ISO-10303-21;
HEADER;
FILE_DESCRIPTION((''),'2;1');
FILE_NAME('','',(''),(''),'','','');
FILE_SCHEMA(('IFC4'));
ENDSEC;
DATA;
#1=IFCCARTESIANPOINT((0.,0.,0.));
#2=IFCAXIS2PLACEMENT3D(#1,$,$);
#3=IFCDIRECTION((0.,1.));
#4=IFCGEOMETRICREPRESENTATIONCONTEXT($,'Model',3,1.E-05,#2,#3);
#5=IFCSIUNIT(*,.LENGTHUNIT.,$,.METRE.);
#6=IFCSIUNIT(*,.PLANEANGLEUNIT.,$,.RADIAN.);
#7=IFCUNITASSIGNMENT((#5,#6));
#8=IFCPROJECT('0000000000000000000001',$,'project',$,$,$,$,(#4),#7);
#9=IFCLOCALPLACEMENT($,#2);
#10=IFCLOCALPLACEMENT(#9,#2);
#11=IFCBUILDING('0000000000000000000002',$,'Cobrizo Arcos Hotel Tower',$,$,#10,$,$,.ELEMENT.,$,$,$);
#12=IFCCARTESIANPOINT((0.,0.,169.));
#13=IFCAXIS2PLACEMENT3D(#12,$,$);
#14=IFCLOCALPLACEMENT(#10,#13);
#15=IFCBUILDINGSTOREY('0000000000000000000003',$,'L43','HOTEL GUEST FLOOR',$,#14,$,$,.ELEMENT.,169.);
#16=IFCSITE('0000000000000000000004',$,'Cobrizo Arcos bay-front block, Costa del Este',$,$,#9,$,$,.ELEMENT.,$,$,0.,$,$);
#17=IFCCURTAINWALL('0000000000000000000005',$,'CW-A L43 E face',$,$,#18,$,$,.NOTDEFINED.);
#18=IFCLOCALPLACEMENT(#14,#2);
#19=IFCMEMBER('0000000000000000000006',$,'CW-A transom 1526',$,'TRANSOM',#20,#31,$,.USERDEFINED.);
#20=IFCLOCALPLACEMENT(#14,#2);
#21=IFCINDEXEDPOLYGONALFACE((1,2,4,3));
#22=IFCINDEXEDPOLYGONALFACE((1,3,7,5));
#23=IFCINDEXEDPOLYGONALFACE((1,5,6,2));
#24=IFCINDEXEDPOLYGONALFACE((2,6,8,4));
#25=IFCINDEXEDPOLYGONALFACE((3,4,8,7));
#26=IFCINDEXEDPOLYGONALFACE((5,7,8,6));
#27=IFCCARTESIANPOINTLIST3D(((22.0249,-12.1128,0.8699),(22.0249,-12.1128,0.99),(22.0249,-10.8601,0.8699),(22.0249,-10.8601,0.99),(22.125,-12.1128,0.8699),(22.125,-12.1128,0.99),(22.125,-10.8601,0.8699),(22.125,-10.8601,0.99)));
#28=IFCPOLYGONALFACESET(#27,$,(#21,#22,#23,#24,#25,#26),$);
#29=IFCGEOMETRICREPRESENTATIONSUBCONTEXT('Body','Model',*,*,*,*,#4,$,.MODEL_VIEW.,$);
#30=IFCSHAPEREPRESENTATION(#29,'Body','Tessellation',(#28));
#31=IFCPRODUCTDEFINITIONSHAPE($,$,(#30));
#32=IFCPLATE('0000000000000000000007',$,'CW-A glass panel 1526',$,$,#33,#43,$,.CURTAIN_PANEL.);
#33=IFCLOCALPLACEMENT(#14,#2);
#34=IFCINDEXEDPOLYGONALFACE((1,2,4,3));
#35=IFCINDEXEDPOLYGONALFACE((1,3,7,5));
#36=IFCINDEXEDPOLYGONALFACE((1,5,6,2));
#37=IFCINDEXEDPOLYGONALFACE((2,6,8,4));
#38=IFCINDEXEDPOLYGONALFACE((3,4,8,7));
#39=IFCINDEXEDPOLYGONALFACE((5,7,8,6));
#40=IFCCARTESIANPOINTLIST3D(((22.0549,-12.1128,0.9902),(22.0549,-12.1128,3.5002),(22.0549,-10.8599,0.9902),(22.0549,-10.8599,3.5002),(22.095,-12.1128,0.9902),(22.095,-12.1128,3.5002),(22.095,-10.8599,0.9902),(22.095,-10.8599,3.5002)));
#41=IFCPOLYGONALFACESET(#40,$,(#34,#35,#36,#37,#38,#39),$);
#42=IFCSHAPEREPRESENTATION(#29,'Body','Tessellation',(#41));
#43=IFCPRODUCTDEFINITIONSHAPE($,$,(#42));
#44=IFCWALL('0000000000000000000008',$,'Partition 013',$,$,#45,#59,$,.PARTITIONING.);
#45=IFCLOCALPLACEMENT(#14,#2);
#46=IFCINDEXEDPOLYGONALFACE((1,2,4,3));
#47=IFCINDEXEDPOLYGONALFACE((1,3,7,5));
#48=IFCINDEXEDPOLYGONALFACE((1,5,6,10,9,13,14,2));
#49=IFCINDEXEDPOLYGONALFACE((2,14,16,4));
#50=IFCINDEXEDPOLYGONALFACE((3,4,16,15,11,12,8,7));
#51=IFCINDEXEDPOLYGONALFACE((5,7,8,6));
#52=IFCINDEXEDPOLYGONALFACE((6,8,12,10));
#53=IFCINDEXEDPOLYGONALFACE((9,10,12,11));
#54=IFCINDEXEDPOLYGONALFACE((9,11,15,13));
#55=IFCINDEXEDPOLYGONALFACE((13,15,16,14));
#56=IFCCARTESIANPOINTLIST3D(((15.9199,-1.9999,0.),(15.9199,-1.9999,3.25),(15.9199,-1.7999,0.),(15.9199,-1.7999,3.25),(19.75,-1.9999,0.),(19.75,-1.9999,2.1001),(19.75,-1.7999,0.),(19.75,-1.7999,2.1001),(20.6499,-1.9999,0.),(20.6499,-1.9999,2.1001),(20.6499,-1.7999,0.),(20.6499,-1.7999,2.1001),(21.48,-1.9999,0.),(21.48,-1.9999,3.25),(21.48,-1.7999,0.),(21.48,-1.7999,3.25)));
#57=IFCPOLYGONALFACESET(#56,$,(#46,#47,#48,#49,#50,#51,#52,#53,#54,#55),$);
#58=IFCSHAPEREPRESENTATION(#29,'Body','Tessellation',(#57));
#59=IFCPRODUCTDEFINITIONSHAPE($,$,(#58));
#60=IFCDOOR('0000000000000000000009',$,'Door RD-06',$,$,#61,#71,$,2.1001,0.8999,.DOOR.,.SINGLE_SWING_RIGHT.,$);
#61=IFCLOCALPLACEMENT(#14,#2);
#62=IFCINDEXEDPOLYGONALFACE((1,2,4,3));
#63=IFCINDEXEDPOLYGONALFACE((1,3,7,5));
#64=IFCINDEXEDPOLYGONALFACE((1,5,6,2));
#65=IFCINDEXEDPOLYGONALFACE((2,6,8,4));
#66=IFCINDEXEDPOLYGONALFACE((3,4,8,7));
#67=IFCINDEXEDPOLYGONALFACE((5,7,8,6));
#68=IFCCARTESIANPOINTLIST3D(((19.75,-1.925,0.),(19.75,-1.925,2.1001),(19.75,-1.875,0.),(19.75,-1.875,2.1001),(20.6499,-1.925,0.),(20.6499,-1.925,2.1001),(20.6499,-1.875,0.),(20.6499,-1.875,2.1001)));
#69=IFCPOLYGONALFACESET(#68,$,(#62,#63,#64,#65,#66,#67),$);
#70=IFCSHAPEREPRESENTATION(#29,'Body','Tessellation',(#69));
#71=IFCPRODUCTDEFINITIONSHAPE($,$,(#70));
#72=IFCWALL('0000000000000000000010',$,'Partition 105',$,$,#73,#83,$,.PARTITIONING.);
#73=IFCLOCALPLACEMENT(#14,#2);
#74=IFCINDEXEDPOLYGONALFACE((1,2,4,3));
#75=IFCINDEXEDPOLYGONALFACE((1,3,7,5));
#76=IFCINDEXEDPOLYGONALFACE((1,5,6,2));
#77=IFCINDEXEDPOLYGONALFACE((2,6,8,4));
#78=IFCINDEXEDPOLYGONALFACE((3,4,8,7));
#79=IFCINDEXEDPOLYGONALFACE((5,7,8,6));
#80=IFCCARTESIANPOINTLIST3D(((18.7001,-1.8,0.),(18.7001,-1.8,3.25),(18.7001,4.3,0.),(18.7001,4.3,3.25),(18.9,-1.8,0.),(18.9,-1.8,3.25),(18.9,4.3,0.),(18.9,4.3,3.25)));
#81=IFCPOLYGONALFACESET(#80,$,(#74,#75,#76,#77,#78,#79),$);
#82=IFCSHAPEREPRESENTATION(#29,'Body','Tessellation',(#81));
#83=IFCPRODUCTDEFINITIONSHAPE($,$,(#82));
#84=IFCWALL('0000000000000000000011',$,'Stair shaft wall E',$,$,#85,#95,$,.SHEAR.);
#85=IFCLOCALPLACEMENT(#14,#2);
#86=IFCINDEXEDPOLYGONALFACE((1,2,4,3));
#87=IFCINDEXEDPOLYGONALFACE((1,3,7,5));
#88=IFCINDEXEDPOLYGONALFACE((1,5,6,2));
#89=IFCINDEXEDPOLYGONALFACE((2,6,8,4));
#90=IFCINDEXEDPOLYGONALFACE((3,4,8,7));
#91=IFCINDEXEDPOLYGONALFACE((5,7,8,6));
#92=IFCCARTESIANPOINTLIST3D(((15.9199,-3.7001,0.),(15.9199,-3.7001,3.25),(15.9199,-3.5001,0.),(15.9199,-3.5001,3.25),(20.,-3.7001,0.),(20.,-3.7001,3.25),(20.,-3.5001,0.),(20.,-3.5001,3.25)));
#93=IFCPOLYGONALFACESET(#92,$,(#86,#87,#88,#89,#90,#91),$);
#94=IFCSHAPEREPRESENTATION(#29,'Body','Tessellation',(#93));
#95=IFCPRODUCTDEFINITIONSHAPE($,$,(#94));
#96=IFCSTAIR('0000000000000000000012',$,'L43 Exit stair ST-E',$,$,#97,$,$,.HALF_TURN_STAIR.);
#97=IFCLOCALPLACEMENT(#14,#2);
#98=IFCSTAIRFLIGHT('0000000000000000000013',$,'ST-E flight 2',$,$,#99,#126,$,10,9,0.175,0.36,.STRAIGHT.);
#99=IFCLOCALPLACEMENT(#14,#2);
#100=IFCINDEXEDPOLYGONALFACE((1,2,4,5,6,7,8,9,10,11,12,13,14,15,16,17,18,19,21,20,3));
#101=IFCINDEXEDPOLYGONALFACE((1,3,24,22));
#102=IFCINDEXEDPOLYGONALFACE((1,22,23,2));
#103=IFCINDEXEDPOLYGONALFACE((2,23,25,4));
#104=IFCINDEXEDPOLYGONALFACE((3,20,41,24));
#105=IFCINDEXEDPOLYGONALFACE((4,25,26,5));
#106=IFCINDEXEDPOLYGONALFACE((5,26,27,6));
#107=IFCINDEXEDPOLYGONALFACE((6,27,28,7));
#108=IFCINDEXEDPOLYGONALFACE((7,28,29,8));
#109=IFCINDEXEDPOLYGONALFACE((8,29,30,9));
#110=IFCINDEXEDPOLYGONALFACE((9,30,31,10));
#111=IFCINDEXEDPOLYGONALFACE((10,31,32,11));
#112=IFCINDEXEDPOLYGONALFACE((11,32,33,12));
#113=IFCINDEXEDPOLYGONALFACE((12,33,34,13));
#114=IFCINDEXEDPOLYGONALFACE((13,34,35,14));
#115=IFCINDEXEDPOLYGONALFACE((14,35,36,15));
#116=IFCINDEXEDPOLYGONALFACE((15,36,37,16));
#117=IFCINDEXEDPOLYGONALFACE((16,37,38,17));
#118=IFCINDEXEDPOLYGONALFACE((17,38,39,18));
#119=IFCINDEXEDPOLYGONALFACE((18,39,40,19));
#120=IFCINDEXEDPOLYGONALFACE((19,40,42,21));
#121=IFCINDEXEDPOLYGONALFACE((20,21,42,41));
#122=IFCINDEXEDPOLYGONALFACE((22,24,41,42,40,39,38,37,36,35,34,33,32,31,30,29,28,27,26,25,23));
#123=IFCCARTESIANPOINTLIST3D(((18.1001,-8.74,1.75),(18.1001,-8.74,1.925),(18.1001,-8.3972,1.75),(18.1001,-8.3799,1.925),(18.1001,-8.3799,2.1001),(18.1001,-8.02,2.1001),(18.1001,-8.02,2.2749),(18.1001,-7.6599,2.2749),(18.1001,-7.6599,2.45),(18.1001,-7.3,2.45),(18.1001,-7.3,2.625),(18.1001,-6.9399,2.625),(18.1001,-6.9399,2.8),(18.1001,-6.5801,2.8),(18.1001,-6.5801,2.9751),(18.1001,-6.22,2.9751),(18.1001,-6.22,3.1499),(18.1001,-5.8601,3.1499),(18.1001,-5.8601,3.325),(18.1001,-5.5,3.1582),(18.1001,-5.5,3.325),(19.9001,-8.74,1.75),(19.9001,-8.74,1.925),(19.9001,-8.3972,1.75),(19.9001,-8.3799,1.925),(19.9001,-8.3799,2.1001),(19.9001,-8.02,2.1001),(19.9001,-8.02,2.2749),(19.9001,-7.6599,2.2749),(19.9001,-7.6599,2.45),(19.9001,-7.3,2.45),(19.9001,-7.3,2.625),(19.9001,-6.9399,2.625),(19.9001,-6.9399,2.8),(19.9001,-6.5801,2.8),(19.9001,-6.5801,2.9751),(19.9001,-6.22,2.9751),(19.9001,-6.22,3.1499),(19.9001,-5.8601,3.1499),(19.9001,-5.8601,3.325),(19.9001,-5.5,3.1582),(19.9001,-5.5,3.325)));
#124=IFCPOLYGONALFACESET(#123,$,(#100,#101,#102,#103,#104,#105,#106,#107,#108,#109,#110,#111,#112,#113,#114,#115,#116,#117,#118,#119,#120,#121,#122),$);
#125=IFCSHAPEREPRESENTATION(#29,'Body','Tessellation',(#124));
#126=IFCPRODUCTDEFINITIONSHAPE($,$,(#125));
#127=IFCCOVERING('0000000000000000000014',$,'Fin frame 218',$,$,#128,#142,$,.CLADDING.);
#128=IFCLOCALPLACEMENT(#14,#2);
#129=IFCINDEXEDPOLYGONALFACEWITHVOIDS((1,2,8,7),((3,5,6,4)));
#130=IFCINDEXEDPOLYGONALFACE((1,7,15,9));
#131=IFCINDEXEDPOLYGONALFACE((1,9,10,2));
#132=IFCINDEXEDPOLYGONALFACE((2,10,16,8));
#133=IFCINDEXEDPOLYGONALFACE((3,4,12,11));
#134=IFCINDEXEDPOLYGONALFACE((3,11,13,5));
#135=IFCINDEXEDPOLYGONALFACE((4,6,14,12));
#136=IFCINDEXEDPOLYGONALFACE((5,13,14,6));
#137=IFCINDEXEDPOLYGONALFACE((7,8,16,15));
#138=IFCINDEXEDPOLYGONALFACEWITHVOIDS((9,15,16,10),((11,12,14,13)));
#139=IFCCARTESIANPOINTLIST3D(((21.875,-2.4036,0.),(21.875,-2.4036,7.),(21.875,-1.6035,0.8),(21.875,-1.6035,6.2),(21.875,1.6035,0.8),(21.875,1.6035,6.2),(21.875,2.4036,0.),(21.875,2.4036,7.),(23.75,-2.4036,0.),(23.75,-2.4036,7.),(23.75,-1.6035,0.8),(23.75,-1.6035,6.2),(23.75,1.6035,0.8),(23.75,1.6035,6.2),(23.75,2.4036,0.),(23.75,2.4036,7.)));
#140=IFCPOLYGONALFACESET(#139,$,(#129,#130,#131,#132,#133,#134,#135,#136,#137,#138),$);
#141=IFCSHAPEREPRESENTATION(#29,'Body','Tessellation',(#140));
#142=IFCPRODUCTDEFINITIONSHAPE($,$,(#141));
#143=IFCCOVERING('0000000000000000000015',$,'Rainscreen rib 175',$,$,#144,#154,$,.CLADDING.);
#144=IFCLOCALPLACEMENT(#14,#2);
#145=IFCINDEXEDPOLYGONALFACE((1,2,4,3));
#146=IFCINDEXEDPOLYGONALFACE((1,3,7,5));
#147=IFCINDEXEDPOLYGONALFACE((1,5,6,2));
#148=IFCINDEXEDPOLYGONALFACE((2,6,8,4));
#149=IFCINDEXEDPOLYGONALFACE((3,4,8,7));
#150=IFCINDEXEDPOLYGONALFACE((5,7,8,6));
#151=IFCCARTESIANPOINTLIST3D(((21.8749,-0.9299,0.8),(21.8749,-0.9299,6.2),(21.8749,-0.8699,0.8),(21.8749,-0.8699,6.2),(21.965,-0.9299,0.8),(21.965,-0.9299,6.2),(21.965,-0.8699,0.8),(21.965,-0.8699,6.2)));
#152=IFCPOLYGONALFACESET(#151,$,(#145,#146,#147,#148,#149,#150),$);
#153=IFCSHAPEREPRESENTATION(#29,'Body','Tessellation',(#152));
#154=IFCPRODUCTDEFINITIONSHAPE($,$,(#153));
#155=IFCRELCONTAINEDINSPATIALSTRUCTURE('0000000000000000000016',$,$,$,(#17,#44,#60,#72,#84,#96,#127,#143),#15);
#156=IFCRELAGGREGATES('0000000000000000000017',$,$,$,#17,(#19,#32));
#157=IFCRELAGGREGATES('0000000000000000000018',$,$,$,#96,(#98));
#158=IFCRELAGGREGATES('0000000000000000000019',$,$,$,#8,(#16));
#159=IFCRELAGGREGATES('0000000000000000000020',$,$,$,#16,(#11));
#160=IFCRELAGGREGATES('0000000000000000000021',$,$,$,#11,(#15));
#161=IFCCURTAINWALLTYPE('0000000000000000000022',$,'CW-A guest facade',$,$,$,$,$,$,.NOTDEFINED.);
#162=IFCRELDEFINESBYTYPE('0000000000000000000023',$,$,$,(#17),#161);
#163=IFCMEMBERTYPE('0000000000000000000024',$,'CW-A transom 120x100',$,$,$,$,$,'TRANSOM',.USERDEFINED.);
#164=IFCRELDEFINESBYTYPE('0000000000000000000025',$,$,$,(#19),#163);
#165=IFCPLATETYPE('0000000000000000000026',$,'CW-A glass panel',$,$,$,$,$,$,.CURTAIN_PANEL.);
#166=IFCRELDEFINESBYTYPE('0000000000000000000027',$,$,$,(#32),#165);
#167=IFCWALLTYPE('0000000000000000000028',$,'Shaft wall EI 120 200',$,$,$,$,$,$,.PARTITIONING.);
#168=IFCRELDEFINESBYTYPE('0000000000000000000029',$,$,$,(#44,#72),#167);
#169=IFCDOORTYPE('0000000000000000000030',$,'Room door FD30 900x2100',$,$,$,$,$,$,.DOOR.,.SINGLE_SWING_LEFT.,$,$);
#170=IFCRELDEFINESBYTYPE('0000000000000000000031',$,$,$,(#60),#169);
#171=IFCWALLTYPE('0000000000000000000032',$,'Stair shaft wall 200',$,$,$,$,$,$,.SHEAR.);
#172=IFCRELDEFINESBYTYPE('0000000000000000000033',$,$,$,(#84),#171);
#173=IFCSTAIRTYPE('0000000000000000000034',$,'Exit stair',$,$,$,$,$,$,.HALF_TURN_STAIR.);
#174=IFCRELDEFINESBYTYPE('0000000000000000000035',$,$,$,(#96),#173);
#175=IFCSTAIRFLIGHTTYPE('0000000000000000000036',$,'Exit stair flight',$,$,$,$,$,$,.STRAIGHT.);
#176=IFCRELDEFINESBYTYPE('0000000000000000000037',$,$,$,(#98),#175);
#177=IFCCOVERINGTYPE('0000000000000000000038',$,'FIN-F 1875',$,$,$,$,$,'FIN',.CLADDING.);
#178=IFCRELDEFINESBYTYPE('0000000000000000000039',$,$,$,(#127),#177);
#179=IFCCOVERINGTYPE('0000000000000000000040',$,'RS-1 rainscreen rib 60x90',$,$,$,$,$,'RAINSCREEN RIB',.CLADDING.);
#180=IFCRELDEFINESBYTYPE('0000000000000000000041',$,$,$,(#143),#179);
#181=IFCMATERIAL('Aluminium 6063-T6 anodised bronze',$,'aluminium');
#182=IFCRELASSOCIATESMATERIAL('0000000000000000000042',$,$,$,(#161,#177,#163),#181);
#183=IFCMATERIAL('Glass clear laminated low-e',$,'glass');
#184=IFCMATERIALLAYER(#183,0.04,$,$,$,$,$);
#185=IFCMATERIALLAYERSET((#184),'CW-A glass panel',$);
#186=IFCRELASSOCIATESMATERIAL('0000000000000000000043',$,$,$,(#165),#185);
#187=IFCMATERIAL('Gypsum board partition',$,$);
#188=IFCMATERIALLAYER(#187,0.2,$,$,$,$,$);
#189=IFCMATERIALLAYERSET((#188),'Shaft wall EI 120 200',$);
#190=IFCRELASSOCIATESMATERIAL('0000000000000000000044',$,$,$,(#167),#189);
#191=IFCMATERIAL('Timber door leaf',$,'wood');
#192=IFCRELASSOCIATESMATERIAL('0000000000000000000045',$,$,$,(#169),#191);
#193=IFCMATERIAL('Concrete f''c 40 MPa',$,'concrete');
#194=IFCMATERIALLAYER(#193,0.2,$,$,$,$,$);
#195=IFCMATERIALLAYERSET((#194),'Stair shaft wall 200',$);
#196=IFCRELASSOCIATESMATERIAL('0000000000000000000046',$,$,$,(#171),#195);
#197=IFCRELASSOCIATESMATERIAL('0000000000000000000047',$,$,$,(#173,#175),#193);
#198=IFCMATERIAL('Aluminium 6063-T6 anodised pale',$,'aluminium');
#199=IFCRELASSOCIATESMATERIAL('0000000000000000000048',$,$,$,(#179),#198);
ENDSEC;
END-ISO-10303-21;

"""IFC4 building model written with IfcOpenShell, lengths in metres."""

from ifc_helpers import new_model, si_unit, direction, frame, frame_2d, origin, origin_2d, place, context, subcontext, project, spatial, polyline, rectangle, outline, extrude, material, layer, layer_set, material_profile, profile_set, type_object, element, fill, aggregate, save


model = new_model("IFC4")

# Units and contexts
model_context = context("Model", 3, precision=1e-05, world=origin(), true_north=direction((0.0, 1.0)))
body_context = subcontext(model_context, "Body", "Model", "MODEL_VIEW")
ifc_project = project(units=[si_unit("LENGTHUNIT", "METRE"), si_unit("PLANEANGLEUNIT", "RADIAN")], contexts=[model_context])

# Site, building, storey
site_placement = place(None, origin())
site = spatial("IfcSite", under=ifc_project, at=site_placement, Name="Cobrizo Arcos bay-front block, Costa del Este", CompositionType="ELEMENT", RefElevation=0.0)
building_placement = place(site_placement, origin())
building = spatial("IfcBuilding", under=site, at=building_placement, Name="Cobrizo Arcos Hotel Tower", CompositionType="ELEMENT")
storey_placement = place(building_placement, frame((0.0, 0.0, 169.0)))
storey = spatial("IfcBuildingStorey", under=building, at=storey_placement, Name="L43", Description="HOTEL GUEST FLOOR", CompositionType="ELEMENT", Elevation=169.0)

# Curtain wall, member, plate
ifc_material_1 = material(Name="Aluminium 6063-T6 anodised bronze", Category="aluminium")
curtain_wall_type = type_object("IfcCurtainWallType", Name="CW-A guest facade", PredefinedType="NOTDEFINED", material=ifc_material_1)
curtain_wall_placement = place(storey_placement, origin())
curtain_wall = element("IfcCurtainWall", 1, at=curtain_wall_placement, inside=storey, type_object=curtain_wall_type, Name="CW-A L43 E face", PredefinedType="NOTDEFINED")
ifc_material_profile = material_profile(ifc_material_1, rectangle(XDim=0.1001, YDim=0.1201, at=origin_2d()), Name="CW-A transom 120x100")
ifc_profile_set = profile_set([ifc_material_profile], Name="Aluminium 6063-T6 anodised bronze")
member_type = type_object("IfcMemberType", Name="CW-A transom 120x100", ElementType="TRANSOM", PredefinedType="USERDEFINED", material=ifc_profile_set)
member_placement = place(storey_placement, frame((22.075, -12.1128, 0.9299), z_axis=(0.0, 1.0, 0.0), x_axis=(-1.0, 0.0, 0.0)))
member = element("IfcMember", 2, at=member_placement, type_object=member_type, Name="CW-A transom 1526", ObjectType="TRANSOM", PredefinedType="USERDEFINED", context=body_context, shape_type="SweptSolid", body=[
    extrude(rectangle(XDim=0.1001, YDim=0.1201, at=origin_2d()), origin(), (0.0, 0.0, 1.0), 1.2527),
])
ifc_material_2 = material(Name="Glass clear laminated low-e", Category="glass")
ifc_layer_1 = layer(ifc_material_2, 0.04)
ifc_layer_set_1 = layer_set([ifc_layer_1], Name="CW-A glass panel")
plate_type = type_object("IfcPlateType", Name="CW-A glass panel", PredefinedType="CURTAIN_PANEL", material=ifc_layer_set_1)
plate_placement = place(storey_placement, frame((22.075, -11.4863, 0.9902), z_axis=(0.0, 0.0, 1.0), x_axis=(0.0, 1.0, 0.0)))
plate = element("IfcPlate", 3, at=plate_placement, type_object=plate_type, Name="CW-A glass panel 1526", PredefinedType="CURTAIN_PANEL", context=body_context, shape_type="SweptSolid", body=[
    extrude(rectangle(XDim=1.2529, YDim=0.04, at=origin_2d()), origin(), (0.0, 0.0, 1.0), 2.51),
])
aggregate(curtain_wall, [member, plate])

# Wall, opening, door
ifc_material_3 = material(Name="Gypsum board partition")
ifc_layer_2 = layer(ifc_material_3, 0.2)
ifc_layer_set_2 = layer_set([ifc_layer_2], Name="Shaft wall EI 120 200")
wall_type_1 = type_object("IfcWallType", Name="Shaft wall EI 120 200", PredefinedType="PARTITIONING", material=ifc_layer_set_2)
wall_1_placement = place(storey_placement, frame((15.9199, -1.8999, 0.0), z_axis=(0.0, 0.0, 1.0), x_axis=(1.0, 0.0, 0.0)))
wall_1 = element("IfcWall", 4, at=wall_1_placement, inside=storey, type_object=wall_type_1, Name="Partition 013", PredefinedType="PARTITIONING", context=body_context, shape_type="SweptSolid", body=[
    extrude(rectangle(XDim=5.5601, YDim=0.2, at=frame_2d((2.78, 0.0))), origin(), (0.0, 0.0, 1.0), 3.25),
])
opening_placement = place(wall_1_placement, frame((3.8301, 0.0, 0.0)))
opening = element("IfcOpeningElement", 5, at=opening_placement, cuts=wall_1, PredefinedType="OPENING", context=body_context, shape_type="SweptSolid", body=[
    extrude(rectangle(XDim=0.8999, YDim=2.1001, at=frame_2d((0.45, 1.05))), frame((0.0, 0.1121, 0.0), z_axis=(0.0, -1.0, 0.0), x_axis=(1.0, 0.0, 0.0)), (0.0, 0.0, 1.0), 0.2239),
])
ifc_material_4 = material(Name="Timber door leaf", Category="wood")
door_type = type_object("IfcDoorType", Name="Room door FD30 900x2100", OperationType="SINGLE_SWING_LEFT", PredefinedType="DOOR", material=ifc_material_4)
door_placement = place(opening_placement, origin())
door = element("IfcDoor", 6, at=door_placement, inside=storey, type_object=door_type, Name="Door RD-06", OperationType="SINGLE_SWING_RIGHT", OverallHeight=2.1001, OverallWidth=0.8999, PredefinedType="DOOR", context=body_context, shape_type="SweptSolid", body=[
    extrude(rectangle(XDim=0.8999, YDim=2.1001, at=frame_2d((0.45, 1.05))), frame((0.0, 0.0249, 0.0), z_axis=(0.0, -1.0, 0.0), x_axis=(1.0, 0.0, 0.0)), (0.0, 0.0, 1.0), 0.05),
])
fill(opening, door)

# Walls
wall_2_placement = place(storey_placement, frame((18.8, -1.8, 0.0), z_axis=(0.0, 0.0, 1.0), x_axis=(0.0, 1.0, 0.0)))
element("IfcWall", 7, at=wall_2_placement, inside=storey, type_object=wall_type_1, Name="Partition 105", PredefinedType="PARTITIONING", context=body_context, shape_type="SweptSolid", body=[
    extrude(rectangle(XDim=6.1001, YDim=0.2, at=frame_2d((3.05, 0.0))), origin(), (0.0, 0.0, 1.0), 3.25),
])
ifc_material_5 = material(Name="Concrete f'c 40 MPa", Category="concrete")
ifc_layer_3 = layer(ifc_material_5, 0.2)
ifc_layer_set_3 = layer_set([ifc_layer_3], Name="Stair shaft wall 200")
wall_type_2 = type_object("IfcWallType", Name="Stair shaft wall 200", PredefinedType="SHEAR", material=ifc_layer_set_3)
wall_3_placement = place(storey_placement, frame((15.9199, -3.6001, 0.0), z_axis=(0.0, 0.0, 1.0), x_axis=(1.0, 0.0, 0.0)))
element("IfcWall", 8, at=wall_3_placement, inside=storey, type_object=wall_type_2, Name="Stair shaft wall E", PredefinedType="SHEAR", context=body_context, shape_type="SweptSolid", body=[
    extrude(rectangle(XDim=4.0801, YDim=0.2, at=frame_2d((2.04, 0.0))), origin(), (0.0, 0.0, 1.0), 3.25),
])

# Stair, stair flight
stair_type = type_object("IfcStairType", Name="Exit stair", PredefinedType="HALF_TURN_STAIR", material=ifc_material_5)
stair_placement = place(storey_placement, origin())
stair = element("IfcStair", 9, at=stair_placement, inside=storey, type_object=stair_type, Name="L43 Exit stair ST-E", PredefinedType="HALF_TURN_STAIR")
stair_flight_type = type_object("IfcStairFlightType", Name="Exit stair flight", PredefinedType="STRAIGHT", material=ifc_material_5)
stair_flight_placement = place(storey_placement, frame((19.0, -8.74, 1.75), z_axis=(0.0, 0.0, 1.0), x_axis=(0.0, 1.0, 0.0)))
stair_flight = element("IfcStairFlight", 10, at=stair_flight_placement, type_object=stair_flight_type, Name="ST-E flight 2", NumberOfRisers=10, NumberOfTreads=9, PredefinedType="STRAIGHT", RiserHeight=0.175, TreadLength=0.36, context=body_context, shape_type="SweptSolid", body=[
    extrude(outline(polyline([(0.0, 0.0), (0.0, 0.175), (0.3601, 0.175), (0.3601, 0.3501), (0.72, 0.3501), (0.72, 0.5249), (1.0801, 0.5249), (1.0801, 0.7), (1.4399, 0.7), (1.4399, 0.875), (1.8, 0.875), (1.8, 1.05), (2.1599, 1.05), (2.1599, 1.2251), (2.52, 1.2251), (2.52, 1.3999), (2.8799, 1.3999), (2.8799, 1.575), (3.24, 1.575), (3.24, 1.75), (3.24, 1.4082), (0.3428, 0.0), (0.0, 0.0)])), frame((0.0, 0.8999, 0.0), z_axis=(0.0, -1.0, 0.0), x_axis=(1.0, 0.0, 0.0)), (0.0, 0.0, 1.0), 1.8),
])
aggregate(stair, [stair_flight])

# Coverings
covering_type_1 = type_object("IfcCoveringType", Name="FIN-F 1875", ElementType="FIN", PredefinedType="CLADDING", material=ifc_material_1)
covering_1_placement = place(storey_placement, frame((21.875, -2.4036, 0.0), z_axis=(1.0, 0.0, 0.0), x_axis=(0.0, 1.0, 0.0)))
element("IfcCovering", 11, at=covering_1_placement, inside=storey, type_object=covering_type_1, Name="Fin frame 218", PredefinedType="CLADDING", context=body_context, shape_type="SweptSolid", body=[
    extrude(outline(polyline([(0.0, 7.0), (0.0, 0.0), (4.8071, 0.0), (4.8071, 7.0), (0.0, 7.0)]), holes=[polyline([(4.0071, 0.8), (0.8, 0.8), (0.8, 6.2), (4.0071, 6.2), (4.0071, 0.8)])]), origin(), (0.0, 0.0, 1.0), 1.875),
])
ifc_material_6 = material(Name="Aluminium 6063-T6 anodised pale", Category="aluminium")
covering_type_2 = type_object("IfcCoveringType", Name="RS-1 rainscreen rib 60x90", ElementType="RAINSCREEN RIB", PredefinedType="CLADDING", material=ifc_material_6)
covering_2_placement = place(storey_placement, frame((21.9199, -0.8999, 0.8), z_axis=(0.0, 0.0, 1.0), x_axis=(0.0, 1.0, 0.0)))
element("IfcCovering", 12, at=covering_2_placement, inside=storey, type_object=covering_type_2, Name="Rainscreen rib 175", PredefinedType="CLADDING", context=body_context, shape_type="SweptSolid", body=[
    extrude(rectangle(XDim=0.0601, YDim=0.0901, at=origin_2d()), origin(), (0.0, 0.0, 1.0), 5.3999),
])

save(model, "model.ifc")
